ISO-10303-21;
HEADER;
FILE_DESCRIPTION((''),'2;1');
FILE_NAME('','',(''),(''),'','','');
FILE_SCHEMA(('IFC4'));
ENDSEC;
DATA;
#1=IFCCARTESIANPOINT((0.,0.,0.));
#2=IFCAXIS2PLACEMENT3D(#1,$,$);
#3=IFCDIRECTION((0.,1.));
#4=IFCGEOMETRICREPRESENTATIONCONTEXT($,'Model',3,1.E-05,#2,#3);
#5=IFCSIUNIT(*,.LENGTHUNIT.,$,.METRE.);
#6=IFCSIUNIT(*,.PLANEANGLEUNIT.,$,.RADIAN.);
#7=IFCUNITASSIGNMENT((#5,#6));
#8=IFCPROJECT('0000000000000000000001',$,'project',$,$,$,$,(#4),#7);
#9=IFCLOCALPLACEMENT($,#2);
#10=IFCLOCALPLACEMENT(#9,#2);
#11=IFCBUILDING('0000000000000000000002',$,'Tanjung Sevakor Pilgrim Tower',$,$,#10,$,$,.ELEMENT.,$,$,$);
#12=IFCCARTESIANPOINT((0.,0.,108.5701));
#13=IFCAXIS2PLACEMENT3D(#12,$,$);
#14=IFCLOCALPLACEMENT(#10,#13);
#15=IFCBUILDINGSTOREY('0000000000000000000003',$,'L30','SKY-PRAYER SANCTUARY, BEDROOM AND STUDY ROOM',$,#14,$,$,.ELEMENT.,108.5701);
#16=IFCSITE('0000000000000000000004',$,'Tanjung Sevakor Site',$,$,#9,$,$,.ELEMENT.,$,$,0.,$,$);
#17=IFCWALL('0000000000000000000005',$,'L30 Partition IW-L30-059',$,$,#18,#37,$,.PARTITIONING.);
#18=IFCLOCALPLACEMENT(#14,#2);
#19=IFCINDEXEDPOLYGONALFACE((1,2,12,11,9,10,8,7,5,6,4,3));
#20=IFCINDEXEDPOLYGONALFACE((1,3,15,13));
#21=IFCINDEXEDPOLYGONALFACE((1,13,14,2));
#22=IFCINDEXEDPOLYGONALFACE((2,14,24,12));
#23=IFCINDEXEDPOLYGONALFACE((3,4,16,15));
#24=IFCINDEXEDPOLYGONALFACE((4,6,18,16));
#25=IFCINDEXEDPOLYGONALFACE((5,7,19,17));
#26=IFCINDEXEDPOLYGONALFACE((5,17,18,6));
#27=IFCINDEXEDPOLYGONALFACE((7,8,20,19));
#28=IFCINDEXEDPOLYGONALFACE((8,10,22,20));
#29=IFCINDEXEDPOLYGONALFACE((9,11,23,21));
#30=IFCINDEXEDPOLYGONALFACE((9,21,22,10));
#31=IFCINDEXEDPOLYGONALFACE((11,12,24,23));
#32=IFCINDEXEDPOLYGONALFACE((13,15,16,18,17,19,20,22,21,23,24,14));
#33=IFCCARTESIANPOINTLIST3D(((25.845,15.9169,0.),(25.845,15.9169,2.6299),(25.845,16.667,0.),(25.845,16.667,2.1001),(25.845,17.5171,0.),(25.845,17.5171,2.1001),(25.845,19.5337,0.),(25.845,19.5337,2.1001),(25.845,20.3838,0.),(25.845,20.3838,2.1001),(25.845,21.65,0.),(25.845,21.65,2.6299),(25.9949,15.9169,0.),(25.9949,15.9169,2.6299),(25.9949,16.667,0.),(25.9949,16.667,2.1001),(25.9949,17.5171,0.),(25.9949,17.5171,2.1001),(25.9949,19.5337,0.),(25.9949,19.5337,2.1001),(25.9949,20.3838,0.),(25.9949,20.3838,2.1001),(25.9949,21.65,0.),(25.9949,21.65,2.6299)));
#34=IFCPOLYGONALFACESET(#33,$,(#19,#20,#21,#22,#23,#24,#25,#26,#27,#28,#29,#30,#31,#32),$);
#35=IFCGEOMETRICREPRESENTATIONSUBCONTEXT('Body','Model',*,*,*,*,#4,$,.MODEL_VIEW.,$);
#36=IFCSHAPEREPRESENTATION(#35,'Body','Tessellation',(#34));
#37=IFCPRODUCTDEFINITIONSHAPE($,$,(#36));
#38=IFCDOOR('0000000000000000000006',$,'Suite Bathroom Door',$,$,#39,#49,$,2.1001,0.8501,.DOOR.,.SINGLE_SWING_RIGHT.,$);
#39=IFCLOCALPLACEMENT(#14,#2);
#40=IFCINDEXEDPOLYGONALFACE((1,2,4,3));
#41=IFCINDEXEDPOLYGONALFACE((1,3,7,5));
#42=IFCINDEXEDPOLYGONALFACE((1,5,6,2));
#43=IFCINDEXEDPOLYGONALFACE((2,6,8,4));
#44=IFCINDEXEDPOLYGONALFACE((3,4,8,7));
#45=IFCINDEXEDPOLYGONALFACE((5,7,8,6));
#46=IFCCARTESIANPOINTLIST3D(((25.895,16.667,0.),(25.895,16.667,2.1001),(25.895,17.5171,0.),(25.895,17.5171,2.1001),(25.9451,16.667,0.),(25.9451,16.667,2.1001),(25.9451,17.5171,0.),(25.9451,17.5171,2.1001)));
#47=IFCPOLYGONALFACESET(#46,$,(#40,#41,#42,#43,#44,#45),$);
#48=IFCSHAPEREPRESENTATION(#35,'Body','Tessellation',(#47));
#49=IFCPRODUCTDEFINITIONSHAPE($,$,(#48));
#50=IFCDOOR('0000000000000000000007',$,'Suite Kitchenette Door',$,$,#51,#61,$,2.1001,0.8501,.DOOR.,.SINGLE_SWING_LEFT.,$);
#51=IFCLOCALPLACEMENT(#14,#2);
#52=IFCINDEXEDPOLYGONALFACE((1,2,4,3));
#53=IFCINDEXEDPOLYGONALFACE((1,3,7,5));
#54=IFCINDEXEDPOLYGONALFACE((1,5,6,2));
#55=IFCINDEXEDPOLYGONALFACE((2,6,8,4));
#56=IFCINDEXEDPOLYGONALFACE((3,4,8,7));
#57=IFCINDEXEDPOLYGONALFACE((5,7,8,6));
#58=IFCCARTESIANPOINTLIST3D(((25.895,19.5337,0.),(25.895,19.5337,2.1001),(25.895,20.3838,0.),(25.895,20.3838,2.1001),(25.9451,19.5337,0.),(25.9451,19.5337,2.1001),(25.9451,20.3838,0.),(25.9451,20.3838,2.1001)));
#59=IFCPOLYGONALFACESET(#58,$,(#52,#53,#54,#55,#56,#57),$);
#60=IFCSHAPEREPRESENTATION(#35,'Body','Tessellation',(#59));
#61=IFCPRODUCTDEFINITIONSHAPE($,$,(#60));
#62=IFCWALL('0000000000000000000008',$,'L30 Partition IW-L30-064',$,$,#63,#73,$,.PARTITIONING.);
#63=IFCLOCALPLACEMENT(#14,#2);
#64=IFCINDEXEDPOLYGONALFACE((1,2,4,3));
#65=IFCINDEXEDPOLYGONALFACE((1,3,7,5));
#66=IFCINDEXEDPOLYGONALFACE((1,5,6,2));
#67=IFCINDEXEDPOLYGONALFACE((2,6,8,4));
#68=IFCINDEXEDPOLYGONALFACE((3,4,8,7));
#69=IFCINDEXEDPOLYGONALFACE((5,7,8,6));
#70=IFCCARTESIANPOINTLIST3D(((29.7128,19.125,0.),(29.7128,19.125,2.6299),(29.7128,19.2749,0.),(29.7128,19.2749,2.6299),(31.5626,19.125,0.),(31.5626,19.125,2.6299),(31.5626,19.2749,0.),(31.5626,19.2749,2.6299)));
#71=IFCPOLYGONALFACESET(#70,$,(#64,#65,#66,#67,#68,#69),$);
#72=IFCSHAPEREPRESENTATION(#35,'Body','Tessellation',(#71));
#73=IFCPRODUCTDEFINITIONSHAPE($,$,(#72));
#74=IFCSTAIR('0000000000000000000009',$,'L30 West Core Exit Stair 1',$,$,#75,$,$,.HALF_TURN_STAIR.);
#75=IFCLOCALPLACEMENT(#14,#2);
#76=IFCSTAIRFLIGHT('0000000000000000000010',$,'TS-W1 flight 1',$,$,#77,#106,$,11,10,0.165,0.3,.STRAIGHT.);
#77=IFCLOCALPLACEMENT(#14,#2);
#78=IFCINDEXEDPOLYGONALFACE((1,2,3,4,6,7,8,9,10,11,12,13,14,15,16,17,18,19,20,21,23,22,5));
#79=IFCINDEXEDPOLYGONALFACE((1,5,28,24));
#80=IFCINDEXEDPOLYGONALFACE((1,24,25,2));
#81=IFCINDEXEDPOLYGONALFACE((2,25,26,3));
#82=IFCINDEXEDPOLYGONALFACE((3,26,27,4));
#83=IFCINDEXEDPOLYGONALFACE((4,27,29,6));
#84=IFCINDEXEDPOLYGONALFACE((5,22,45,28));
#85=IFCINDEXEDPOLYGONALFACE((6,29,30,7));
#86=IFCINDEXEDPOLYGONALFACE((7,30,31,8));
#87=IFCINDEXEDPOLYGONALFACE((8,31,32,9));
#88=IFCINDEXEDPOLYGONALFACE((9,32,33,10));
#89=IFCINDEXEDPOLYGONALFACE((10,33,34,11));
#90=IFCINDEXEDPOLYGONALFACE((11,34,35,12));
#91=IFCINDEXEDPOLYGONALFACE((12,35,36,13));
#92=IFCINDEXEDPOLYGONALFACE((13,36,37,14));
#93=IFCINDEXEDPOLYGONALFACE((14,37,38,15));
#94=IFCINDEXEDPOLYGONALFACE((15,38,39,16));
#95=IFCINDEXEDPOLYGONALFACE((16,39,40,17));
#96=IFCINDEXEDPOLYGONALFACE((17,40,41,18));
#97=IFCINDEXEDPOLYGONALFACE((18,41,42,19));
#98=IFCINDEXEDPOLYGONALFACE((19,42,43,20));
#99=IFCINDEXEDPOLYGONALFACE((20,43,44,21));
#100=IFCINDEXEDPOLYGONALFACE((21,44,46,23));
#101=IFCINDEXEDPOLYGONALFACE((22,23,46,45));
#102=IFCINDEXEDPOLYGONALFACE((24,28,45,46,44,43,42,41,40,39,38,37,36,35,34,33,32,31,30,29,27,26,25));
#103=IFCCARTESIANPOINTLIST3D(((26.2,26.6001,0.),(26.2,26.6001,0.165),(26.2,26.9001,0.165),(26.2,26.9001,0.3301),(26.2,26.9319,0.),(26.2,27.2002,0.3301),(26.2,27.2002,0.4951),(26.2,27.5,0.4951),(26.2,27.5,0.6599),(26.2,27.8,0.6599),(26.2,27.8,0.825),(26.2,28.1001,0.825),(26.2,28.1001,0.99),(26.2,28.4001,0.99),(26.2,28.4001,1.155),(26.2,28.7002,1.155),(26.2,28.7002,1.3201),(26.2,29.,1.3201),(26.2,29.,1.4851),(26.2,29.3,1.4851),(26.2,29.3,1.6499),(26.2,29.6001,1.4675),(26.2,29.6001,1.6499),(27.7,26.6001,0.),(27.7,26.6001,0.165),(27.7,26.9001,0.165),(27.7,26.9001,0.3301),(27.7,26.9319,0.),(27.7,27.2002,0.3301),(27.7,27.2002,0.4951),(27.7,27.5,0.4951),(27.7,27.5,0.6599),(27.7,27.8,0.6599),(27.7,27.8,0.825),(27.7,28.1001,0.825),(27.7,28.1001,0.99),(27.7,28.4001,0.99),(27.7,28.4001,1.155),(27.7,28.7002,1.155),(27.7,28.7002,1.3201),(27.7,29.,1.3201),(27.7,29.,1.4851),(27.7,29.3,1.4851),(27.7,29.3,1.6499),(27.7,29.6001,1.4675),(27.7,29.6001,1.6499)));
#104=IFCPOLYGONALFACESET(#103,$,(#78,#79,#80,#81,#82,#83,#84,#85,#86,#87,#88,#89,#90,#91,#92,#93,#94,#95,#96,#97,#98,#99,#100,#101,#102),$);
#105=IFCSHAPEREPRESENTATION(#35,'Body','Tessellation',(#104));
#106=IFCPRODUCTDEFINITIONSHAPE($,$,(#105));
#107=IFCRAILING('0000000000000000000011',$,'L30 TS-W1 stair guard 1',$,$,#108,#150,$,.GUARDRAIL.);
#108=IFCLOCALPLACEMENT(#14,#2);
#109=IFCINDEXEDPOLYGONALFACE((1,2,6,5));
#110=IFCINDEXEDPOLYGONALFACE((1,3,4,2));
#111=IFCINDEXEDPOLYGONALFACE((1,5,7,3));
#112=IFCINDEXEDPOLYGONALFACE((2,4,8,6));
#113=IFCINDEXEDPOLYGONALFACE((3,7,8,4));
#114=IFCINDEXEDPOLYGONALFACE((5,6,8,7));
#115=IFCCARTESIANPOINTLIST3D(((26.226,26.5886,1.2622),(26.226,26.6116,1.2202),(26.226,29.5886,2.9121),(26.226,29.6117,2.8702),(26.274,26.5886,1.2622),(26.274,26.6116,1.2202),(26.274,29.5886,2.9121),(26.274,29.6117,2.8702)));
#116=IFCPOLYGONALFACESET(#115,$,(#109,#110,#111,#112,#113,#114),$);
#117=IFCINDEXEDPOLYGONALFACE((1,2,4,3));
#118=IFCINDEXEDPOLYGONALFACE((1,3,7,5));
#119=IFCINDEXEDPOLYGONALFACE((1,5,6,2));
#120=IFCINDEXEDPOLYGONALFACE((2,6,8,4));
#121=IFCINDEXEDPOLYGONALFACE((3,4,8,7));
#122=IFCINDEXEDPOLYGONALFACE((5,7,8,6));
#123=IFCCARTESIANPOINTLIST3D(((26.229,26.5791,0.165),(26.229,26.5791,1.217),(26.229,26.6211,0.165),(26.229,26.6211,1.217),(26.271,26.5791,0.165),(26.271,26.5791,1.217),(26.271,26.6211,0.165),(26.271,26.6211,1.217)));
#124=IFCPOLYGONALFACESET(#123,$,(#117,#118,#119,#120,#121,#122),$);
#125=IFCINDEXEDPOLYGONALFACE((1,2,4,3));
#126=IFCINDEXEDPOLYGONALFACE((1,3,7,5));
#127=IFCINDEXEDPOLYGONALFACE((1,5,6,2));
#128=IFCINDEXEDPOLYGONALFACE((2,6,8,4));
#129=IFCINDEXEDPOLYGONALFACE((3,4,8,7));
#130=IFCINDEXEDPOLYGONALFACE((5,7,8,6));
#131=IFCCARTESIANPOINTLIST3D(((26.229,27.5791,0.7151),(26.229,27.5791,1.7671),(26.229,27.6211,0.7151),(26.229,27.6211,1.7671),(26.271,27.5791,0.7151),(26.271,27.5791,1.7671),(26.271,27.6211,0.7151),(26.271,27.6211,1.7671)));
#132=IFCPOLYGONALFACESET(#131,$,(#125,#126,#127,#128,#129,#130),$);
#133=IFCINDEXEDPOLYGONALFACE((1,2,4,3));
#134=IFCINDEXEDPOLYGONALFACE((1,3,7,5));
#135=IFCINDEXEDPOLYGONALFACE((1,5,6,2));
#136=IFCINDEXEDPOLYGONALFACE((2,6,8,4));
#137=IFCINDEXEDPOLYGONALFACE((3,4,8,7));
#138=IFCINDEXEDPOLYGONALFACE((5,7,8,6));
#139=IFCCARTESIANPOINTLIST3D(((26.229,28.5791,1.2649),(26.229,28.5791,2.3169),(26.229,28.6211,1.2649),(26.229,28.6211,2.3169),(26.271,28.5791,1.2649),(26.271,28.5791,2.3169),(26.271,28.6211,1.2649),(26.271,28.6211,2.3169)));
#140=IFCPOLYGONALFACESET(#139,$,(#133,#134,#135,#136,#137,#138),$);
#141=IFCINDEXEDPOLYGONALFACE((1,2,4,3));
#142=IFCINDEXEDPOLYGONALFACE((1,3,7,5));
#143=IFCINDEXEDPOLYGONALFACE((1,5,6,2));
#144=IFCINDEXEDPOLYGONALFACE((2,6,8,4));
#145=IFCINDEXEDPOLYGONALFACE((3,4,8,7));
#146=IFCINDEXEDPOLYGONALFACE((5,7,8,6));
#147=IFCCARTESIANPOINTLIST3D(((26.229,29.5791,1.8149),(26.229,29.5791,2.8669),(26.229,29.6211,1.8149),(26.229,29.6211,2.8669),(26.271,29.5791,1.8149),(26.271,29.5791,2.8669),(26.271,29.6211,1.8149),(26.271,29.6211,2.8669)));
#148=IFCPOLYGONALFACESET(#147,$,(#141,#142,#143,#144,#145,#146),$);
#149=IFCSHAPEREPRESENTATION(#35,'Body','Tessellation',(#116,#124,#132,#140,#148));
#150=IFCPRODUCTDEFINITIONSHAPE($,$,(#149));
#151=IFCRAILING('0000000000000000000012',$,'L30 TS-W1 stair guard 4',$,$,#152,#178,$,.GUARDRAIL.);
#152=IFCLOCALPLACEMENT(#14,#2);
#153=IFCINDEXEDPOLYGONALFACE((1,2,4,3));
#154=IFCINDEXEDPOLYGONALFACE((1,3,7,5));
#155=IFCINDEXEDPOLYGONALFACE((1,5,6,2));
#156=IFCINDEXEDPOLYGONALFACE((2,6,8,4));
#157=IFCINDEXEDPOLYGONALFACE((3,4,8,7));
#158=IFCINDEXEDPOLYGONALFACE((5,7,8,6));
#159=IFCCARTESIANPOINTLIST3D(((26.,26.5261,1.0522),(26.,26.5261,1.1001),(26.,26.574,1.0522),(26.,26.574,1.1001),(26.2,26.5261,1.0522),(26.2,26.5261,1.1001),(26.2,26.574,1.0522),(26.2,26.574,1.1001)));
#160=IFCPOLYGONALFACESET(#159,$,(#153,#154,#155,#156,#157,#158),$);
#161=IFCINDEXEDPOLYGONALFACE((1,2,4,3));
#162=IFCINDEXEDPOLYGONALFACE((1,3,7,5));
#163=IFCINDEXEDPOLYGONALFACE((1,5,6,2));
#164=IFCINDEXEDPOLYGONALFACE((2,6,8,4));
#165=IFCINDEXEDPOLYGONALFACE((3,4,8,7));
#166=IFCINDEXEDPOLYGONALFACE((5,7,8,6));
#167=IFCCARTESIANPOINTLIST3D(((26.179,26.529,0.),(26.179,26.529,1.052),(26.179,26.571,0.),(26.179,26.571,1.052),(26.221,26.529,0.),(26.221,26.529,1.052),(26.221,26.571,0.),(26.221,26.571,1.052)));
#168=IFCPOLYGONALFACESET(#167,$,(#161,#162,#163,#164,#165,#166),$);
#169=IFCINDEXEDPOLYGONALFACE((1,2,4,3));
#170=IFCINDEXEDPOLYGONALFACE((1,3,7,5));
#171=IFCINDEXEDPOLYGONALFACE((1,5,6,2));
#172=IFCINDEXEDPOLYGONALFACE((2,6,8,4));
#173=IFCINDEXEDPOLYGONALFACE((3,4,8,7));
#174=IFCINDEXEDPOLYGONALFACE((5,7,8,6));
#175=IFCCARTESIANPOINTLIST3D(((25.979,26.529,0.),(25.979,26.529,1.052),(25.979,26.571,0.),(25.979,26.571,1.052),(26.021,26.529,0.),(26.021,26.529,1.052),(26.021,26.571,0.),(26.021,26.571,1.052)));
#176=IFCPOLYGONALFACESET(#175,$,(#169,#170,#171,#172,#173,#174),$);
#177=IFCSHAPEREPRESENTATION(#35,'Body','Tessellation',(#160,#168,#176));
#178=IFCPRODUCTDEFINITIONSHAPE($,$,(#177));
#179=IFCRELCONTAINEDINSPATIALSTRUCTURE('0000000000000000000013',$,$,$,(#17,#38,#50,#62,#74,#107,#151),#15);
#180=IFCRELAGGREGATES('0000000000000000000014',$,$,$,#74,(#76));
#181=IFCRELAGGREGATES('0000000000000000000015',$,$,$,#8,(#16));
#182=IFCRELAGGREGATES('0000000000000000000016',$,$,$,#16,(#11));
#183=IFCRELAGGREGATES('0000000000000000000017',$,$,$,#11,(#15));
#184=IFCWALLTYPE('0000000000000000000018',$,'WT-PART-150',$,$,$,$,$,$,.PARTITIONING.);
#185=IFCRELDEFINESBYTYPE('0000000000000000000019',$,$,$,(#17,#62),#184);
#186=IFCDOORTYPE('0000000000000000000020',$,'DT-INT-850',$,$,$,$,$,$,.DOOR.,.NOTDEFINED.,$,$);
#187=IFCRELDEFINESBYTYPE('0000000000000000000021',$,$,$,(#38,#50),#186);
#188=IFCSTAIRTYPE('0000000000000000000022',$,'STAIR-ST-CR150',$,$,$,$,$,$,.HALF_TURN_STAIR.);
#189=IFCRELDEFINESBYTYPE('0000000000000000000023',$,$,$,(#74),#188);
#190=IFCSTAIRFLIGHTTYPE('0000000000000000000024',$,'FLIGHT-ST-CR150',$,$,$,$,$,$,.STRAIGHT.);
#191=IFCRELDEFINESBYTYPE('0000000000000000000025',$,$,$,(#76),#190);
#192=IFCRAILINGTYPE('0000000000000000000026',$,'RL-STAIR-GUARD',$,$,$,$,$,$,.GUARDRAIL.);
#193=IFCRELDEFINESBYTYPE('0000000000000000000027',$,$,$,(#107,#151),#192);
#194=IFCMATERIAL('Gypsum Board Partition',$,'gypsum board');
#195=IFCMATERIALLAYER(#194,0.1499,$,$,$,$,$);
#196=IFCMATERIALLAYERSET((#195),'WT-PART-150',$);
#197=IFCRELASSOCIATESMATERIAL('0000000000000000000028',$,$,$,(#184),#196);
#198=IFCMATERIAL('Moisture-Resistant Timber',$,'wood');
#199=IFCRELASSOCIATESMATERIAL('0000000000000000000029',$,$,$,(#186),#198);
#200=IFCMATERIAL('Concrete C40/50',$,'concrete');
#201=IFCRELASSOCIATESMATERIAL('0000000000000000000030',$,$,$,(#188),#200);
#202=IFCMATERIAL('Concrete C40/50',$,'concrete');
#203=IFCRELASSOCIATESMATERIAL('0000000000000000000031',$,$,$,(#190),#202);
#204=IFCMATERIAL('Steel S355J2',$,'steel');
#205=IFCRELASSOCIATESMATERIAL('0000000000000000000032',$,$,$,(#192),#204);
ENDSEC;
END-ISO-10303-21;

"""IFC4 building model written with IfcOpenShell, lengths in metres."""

from ifc_helpers import new_model, si_unit, direction, frame, frame_2d, origin, place, context, subcontext, project, spatial, polyline, rectangle, outline, extrude, material, layer, layer_set, type_object, element, fill, aggregate, save


model = new_model("IFC4")

# Units and contexts
model_context = context("Model", 3, precision=1e-05, world=origin(), true_north=direction((0.0, 1.0)))
body_context = subcontext(model_context, "Body", "Model", "MODEL_VIEW")
ifc_project = project(units=[si_unit("LENGTHUNIT", "METRE"), si_unit("PLANEANGLEUNIT", "RADIAN")], contexts=[model_context])

# Site, building, storey
site_placement = place(None, origin())
site = spatial("IfcSite", under=ifc_project, at=site_placement, Name="Tanjung Sevakor Site", CompositionType="ELEMENT", RefElevation=0.0)
building_placement = place(site_placement, origin())
building = spatial("IfcBuilding", under=site, at=building_placement, Name="Tanjung Sevakor Pilgrim Tower", CompositionType="ELEMENT")
storey_placement = place(building_placement, frame((0.0, 0.0, 108.5701)))
storey = spatial("IfcBuildingStorey", under=building, at=storey_placement, Name="L30", Description="SKY-PRAYER SANCTUARY, BEDROOM AND STUDY ROOM", CompositionType="ELEMENT", Elevation=108.5701)

# Wall, openings, doors
ifc_material_1 = material(Name="Gypsum Board Partition", Category="gypsum board")
ifc_layer_1 = layer(ifc_material_1, 0.1499)
ifc_layer_set_1 = layer_set([ifc_layer_1], Name="WT-PART-150")
wall_type_1 = type_object("IfcWallType", Name="WT-PART-150", PredefinedType="PARTITIONING", material=ifc_layer_set_1)
wall_1_placement = place(storey_placement, frame((25.9199, 15.9167, 0.0), z_axis=(0.0, 0.0, 1.0), x_axis=(0.0, 1.0, 0.0)))
wall_1 = element("IfcWall", 1, at=wall_1_placement, inside=storey, type_object=wall_type_1, Name="L30 Partition IW-L30-059", PredefinedType="PARTITIONING", context=body_context, shape_type="SweptSolid", body=[
    extrude(rectangle(XDim=5.7332, YDim=0.1499, at=frame_2d((2.8667, 0.0))), origin(), (0.0, 0.0, 1.0), 2.6299),
])
opening_1_placement = place(wall_1_placement, frame((0.7502, 0.0, 0.0)))
opening_1 = element("IfcOpeningElement", 2, at=opening_1_placement, cuts=wall_1, PredefinedType="OPENING", context=body_context, shape_type="SweptSolid", body=[
    extrude(rectangle(XDim=0.8501, YDim=2.1001, at=frame_2d((0.425, 1.05))), frame((0.0, 0.085, 0.0), z_axis=(0.0, -1.0, 0.0), x_axis=(1.0, 0.0, 0.0)), (0.0, 0.0, 1.0), 0.1699),
])
opening_2_placement = place(wall_1_placement, frame((3.6169, 0.0, 0.0)))
opening_2 = element("IfcOpeningElement", 3, at=opening_2_placement, cuts=wall_1, PredefinedType="OPENING", context=body_context, shape_type="SweptSolid", body=[
    extrude(rectangle(XDim=0.8501, YDim=2.1001, at=frame_2d((0.425, 1.05))), frame((0.0, 0.085, 0.0), z_axis=(0.0, -1.0, 0.0), x_axis=(1.0, 0.0, 0.0)), (0.0, 0.0, 1.0), 0.1699),
])
ifc_material_2 = material(Name="Moisture-Resistant Timber", Category="wood")
door_type_1 = type_object("IfcDoorType", Name="DT-INT-850", OperationType="NOTDEFINED", PredefinedType="DOOR", material=ifc_material_2)
door_1_placement = place(opening_1_placement, origin())
door_1 = element("IfcDoor", 4, at=door_1_placement, inside=storey, type_object=door_type_1, Name="Suite Bathroom Door", OperationType="SINGLE_SWING_RIGHT", OverallHeight=2.1001, OverallWidth=0.8501, PredefinedType="DOOR", context=body_context, shape_type="SweptSolid", body=[
    extrude(rectangle(XDim=0.8501, YDim=2.1001, at=frame_2d((0.425, 1.05))), frame((0.0, 0.0249, 0.0), z_axis=(0.0, -1.0, 0.0), x_axis=(1.0, 0.0, 0.0)), (0.0, 0.0, 1.0), 0.05),
])
fill(opening_1, door_1)
door_2_placement = place(opening_2_placement, origin())
door_2 = element("IfcDoor", 5, at=door_2_placement, inside=storey, type_object=door_type_1, Name="Suite Kitchenette Door", OperationType="SINGLE_SWING_LEFT", OverallHeight=2.1001, OverallWidth=0.8501, PredefinedType="DOOR", context=body_context, shape_type="SweptSolid", body=[
    extrude(rectangle(XDim=0.8501, YDim=2.1001, at=frame_2d((0.425, 1.05))), frame((0.0, 0.0249, 0.0), z_axis=(0.0, -1.0, 0.0), x_axis=(1.0, 0.0, 0.0)), (0.0, 0.0, 1.0), 0.05),
])
fill(opening_2, door_2)

# Wall
wall_2_placement = place(storey_placement, frame((29.7129, 19.2, 0.0), z_axis=(0.0, 0.0, 1.0), x_axis=(1.0, 0.0, 0.0)))
element("IfcWall", 6, at=wall_2_placement, inside=storey, type_object=wall_type_1, Name="L30 Partition IW-L30-064", PredefinedType="PARTITIONING", context=body_context, shape_type="SweptSolid", body=[
    extrude(rectangle(XDim=1.8499, YDim=0.1499, at=frame_2d((0.9248, 0.0))), origin(), (0.0, 0.0, 1.0), 2.6299),
])

# Stair, stair flight
ifc_material_3 = material(Name="Concrete C40/50", Category="concrete")
stair_type = type_object("IfcStairType", Name="STAIR-ST-CR150", PredefinedType="HALF_TURN_STAIR", material=ifc_material_3)
stair_placement = place(storey_placement, origin())
stair = element("IfcStair", 7, at=stair_placement, inside=storey, type_object=stair_type, Name="L30 West Core Exit Stair 1", PredefinedType="HALF_TURN_STAIR")
ifc_material_4 = material(Name="Concrete C40/50", Category="concrete")
stair_flight_type = type_object("IfcStairFlightType", Name="FLIGHT-ST-CR150", PredefinedType="STRAIGHT", material=ifc_material_4)
stair_flight_placement = place(storey_placement, frame((26.95, 26.6001, 0.0), z_axis=(0.0, 0.0, 1.0), x_axis=(0.0, 1.0, 0.0)))
stair_flight = element("IfcStairFlight", 8, at=stair_flight_placement, type_object=stair_flight_type, Name="TS-W1 flight 1", NumberOfRisers=11, NumberOfTreads=10, PredefinedType="STRAIGHT", RiserHeight=0.165, TreadLength=0.3, context=body_context, shape_type="SweptSolid", body=[
    extrude(outline(polyline([(0.0, 0.0), (0.0, 0.165), (0.3, 0.165), (0.3, 0.3301), (0.6001, 0.3301), (0.6001, 0.4951), (0.8999, 0.4951), (0.8999, 0.6599), (1.2, 0.6599), (1.2, 0.825), (1.5, 0.825), (1.5, 0.99), (1.8, 0.99), (1.8, 1.155), (2.1001, 1.155), (2.1001, 1.3201), (2.3999, 1.3201), (2.3999, 1.4851), (2.7, 1.4851), (2.7, 1.6499), (3.0, 1.6499), (3.0, 1.8149), (3.0, 1.4675), (0.3318, 0.0), (0.0, 0.0)])), frame((0.0, 0.75, 0.0), z_axis=(0.0, -1.0, 0.0), x_axis=(1.0, 0.0, 0.0)), (0.0, 0.0, 1.0), 1.5),
])
aggregate(stair, [stair_flight])

# Railings
ifc_material_5 = material(Name="Steel S355J2", Category="steel")
railing_type_1 = type_object("IfcRailingType", Name="RL-STAIR-GUARD", PredefinedType="GUARDRAIL", material=ifc_material_5)
railing_1_placement = place(storey_placement, frame((26.25, 26.6001, 0.165)))
element("IfcRailing", 9, at=railing_1_placement, inside=storey, type_object=railing_type_1, Name="L30 TS-W1 stair guard 1", PredefinedType="GUARDRAIL", context=body_context, shape_type="SweptSolid", body=[
    extrude(rectangle(XDim=0.0479, YDim=0.0479), frame((0.0, 0.0, 1.0762), z_axis=(0.0, 0.876228, 0.481897), x_axis=(-1.0, 0.0, 0.0)), (0.0, 0.0, 1.0), 3.4238),
    extrude(rectangle(XDim=0.042, YDim=0.042), origin(), (0.0, 0.0, 1.0), 1.052),
    extrude(rectangle(XDim=0.042, YDim=0.042), frame((0.0, 1.0, 0.55)), (0.0, 0.0, 1.0), 1.052),
    extrude(rectangle(XDim=0.042, YDim=0.042), frame((0.0, 2.0, 1.0999)), (0.0, 0.0, 1.0), 1.052),
    extrude(rectangle(XDim=0.042, YDim=0.042), frame((0.0, 3.0, 1.6499)), (0.0, 0.0, 1.0), 1.052),
])
railing_2_placement = place(storey_placement, frame((26.2, 26.55, 0.0)))
element("IfcRailing", 10, at=railing_2_placement, inside=storey, type_object=railing_type_1, Name="L30 TS-W1 stair guard 4", PredefinedType="GUARDRAIL", context=body_context, shape_type="SweptSolid", body=[
    extrude(rectangle(XDim=0.0479, YDim=0.0479), frame((0.0, 0.0, 1.0762), z_axis=(-1.0, 0.0, 0.0), x_axis=(0.0, -1.0, 0.0)), (0.0, 0.0, 1.0), 0.2),
    extrude(rectangle(XDim=0.042, YDim=0.042), origin(), (0.0, 0.0, 1.0), 1.052),
    extrude(rectangle(XDim=0.042, YDim=0.042), frame((-0.2, 0.0, 0.0)), (0.0, 0.0, 1.0), 1.052),
])

save(model, "model.ifc")
